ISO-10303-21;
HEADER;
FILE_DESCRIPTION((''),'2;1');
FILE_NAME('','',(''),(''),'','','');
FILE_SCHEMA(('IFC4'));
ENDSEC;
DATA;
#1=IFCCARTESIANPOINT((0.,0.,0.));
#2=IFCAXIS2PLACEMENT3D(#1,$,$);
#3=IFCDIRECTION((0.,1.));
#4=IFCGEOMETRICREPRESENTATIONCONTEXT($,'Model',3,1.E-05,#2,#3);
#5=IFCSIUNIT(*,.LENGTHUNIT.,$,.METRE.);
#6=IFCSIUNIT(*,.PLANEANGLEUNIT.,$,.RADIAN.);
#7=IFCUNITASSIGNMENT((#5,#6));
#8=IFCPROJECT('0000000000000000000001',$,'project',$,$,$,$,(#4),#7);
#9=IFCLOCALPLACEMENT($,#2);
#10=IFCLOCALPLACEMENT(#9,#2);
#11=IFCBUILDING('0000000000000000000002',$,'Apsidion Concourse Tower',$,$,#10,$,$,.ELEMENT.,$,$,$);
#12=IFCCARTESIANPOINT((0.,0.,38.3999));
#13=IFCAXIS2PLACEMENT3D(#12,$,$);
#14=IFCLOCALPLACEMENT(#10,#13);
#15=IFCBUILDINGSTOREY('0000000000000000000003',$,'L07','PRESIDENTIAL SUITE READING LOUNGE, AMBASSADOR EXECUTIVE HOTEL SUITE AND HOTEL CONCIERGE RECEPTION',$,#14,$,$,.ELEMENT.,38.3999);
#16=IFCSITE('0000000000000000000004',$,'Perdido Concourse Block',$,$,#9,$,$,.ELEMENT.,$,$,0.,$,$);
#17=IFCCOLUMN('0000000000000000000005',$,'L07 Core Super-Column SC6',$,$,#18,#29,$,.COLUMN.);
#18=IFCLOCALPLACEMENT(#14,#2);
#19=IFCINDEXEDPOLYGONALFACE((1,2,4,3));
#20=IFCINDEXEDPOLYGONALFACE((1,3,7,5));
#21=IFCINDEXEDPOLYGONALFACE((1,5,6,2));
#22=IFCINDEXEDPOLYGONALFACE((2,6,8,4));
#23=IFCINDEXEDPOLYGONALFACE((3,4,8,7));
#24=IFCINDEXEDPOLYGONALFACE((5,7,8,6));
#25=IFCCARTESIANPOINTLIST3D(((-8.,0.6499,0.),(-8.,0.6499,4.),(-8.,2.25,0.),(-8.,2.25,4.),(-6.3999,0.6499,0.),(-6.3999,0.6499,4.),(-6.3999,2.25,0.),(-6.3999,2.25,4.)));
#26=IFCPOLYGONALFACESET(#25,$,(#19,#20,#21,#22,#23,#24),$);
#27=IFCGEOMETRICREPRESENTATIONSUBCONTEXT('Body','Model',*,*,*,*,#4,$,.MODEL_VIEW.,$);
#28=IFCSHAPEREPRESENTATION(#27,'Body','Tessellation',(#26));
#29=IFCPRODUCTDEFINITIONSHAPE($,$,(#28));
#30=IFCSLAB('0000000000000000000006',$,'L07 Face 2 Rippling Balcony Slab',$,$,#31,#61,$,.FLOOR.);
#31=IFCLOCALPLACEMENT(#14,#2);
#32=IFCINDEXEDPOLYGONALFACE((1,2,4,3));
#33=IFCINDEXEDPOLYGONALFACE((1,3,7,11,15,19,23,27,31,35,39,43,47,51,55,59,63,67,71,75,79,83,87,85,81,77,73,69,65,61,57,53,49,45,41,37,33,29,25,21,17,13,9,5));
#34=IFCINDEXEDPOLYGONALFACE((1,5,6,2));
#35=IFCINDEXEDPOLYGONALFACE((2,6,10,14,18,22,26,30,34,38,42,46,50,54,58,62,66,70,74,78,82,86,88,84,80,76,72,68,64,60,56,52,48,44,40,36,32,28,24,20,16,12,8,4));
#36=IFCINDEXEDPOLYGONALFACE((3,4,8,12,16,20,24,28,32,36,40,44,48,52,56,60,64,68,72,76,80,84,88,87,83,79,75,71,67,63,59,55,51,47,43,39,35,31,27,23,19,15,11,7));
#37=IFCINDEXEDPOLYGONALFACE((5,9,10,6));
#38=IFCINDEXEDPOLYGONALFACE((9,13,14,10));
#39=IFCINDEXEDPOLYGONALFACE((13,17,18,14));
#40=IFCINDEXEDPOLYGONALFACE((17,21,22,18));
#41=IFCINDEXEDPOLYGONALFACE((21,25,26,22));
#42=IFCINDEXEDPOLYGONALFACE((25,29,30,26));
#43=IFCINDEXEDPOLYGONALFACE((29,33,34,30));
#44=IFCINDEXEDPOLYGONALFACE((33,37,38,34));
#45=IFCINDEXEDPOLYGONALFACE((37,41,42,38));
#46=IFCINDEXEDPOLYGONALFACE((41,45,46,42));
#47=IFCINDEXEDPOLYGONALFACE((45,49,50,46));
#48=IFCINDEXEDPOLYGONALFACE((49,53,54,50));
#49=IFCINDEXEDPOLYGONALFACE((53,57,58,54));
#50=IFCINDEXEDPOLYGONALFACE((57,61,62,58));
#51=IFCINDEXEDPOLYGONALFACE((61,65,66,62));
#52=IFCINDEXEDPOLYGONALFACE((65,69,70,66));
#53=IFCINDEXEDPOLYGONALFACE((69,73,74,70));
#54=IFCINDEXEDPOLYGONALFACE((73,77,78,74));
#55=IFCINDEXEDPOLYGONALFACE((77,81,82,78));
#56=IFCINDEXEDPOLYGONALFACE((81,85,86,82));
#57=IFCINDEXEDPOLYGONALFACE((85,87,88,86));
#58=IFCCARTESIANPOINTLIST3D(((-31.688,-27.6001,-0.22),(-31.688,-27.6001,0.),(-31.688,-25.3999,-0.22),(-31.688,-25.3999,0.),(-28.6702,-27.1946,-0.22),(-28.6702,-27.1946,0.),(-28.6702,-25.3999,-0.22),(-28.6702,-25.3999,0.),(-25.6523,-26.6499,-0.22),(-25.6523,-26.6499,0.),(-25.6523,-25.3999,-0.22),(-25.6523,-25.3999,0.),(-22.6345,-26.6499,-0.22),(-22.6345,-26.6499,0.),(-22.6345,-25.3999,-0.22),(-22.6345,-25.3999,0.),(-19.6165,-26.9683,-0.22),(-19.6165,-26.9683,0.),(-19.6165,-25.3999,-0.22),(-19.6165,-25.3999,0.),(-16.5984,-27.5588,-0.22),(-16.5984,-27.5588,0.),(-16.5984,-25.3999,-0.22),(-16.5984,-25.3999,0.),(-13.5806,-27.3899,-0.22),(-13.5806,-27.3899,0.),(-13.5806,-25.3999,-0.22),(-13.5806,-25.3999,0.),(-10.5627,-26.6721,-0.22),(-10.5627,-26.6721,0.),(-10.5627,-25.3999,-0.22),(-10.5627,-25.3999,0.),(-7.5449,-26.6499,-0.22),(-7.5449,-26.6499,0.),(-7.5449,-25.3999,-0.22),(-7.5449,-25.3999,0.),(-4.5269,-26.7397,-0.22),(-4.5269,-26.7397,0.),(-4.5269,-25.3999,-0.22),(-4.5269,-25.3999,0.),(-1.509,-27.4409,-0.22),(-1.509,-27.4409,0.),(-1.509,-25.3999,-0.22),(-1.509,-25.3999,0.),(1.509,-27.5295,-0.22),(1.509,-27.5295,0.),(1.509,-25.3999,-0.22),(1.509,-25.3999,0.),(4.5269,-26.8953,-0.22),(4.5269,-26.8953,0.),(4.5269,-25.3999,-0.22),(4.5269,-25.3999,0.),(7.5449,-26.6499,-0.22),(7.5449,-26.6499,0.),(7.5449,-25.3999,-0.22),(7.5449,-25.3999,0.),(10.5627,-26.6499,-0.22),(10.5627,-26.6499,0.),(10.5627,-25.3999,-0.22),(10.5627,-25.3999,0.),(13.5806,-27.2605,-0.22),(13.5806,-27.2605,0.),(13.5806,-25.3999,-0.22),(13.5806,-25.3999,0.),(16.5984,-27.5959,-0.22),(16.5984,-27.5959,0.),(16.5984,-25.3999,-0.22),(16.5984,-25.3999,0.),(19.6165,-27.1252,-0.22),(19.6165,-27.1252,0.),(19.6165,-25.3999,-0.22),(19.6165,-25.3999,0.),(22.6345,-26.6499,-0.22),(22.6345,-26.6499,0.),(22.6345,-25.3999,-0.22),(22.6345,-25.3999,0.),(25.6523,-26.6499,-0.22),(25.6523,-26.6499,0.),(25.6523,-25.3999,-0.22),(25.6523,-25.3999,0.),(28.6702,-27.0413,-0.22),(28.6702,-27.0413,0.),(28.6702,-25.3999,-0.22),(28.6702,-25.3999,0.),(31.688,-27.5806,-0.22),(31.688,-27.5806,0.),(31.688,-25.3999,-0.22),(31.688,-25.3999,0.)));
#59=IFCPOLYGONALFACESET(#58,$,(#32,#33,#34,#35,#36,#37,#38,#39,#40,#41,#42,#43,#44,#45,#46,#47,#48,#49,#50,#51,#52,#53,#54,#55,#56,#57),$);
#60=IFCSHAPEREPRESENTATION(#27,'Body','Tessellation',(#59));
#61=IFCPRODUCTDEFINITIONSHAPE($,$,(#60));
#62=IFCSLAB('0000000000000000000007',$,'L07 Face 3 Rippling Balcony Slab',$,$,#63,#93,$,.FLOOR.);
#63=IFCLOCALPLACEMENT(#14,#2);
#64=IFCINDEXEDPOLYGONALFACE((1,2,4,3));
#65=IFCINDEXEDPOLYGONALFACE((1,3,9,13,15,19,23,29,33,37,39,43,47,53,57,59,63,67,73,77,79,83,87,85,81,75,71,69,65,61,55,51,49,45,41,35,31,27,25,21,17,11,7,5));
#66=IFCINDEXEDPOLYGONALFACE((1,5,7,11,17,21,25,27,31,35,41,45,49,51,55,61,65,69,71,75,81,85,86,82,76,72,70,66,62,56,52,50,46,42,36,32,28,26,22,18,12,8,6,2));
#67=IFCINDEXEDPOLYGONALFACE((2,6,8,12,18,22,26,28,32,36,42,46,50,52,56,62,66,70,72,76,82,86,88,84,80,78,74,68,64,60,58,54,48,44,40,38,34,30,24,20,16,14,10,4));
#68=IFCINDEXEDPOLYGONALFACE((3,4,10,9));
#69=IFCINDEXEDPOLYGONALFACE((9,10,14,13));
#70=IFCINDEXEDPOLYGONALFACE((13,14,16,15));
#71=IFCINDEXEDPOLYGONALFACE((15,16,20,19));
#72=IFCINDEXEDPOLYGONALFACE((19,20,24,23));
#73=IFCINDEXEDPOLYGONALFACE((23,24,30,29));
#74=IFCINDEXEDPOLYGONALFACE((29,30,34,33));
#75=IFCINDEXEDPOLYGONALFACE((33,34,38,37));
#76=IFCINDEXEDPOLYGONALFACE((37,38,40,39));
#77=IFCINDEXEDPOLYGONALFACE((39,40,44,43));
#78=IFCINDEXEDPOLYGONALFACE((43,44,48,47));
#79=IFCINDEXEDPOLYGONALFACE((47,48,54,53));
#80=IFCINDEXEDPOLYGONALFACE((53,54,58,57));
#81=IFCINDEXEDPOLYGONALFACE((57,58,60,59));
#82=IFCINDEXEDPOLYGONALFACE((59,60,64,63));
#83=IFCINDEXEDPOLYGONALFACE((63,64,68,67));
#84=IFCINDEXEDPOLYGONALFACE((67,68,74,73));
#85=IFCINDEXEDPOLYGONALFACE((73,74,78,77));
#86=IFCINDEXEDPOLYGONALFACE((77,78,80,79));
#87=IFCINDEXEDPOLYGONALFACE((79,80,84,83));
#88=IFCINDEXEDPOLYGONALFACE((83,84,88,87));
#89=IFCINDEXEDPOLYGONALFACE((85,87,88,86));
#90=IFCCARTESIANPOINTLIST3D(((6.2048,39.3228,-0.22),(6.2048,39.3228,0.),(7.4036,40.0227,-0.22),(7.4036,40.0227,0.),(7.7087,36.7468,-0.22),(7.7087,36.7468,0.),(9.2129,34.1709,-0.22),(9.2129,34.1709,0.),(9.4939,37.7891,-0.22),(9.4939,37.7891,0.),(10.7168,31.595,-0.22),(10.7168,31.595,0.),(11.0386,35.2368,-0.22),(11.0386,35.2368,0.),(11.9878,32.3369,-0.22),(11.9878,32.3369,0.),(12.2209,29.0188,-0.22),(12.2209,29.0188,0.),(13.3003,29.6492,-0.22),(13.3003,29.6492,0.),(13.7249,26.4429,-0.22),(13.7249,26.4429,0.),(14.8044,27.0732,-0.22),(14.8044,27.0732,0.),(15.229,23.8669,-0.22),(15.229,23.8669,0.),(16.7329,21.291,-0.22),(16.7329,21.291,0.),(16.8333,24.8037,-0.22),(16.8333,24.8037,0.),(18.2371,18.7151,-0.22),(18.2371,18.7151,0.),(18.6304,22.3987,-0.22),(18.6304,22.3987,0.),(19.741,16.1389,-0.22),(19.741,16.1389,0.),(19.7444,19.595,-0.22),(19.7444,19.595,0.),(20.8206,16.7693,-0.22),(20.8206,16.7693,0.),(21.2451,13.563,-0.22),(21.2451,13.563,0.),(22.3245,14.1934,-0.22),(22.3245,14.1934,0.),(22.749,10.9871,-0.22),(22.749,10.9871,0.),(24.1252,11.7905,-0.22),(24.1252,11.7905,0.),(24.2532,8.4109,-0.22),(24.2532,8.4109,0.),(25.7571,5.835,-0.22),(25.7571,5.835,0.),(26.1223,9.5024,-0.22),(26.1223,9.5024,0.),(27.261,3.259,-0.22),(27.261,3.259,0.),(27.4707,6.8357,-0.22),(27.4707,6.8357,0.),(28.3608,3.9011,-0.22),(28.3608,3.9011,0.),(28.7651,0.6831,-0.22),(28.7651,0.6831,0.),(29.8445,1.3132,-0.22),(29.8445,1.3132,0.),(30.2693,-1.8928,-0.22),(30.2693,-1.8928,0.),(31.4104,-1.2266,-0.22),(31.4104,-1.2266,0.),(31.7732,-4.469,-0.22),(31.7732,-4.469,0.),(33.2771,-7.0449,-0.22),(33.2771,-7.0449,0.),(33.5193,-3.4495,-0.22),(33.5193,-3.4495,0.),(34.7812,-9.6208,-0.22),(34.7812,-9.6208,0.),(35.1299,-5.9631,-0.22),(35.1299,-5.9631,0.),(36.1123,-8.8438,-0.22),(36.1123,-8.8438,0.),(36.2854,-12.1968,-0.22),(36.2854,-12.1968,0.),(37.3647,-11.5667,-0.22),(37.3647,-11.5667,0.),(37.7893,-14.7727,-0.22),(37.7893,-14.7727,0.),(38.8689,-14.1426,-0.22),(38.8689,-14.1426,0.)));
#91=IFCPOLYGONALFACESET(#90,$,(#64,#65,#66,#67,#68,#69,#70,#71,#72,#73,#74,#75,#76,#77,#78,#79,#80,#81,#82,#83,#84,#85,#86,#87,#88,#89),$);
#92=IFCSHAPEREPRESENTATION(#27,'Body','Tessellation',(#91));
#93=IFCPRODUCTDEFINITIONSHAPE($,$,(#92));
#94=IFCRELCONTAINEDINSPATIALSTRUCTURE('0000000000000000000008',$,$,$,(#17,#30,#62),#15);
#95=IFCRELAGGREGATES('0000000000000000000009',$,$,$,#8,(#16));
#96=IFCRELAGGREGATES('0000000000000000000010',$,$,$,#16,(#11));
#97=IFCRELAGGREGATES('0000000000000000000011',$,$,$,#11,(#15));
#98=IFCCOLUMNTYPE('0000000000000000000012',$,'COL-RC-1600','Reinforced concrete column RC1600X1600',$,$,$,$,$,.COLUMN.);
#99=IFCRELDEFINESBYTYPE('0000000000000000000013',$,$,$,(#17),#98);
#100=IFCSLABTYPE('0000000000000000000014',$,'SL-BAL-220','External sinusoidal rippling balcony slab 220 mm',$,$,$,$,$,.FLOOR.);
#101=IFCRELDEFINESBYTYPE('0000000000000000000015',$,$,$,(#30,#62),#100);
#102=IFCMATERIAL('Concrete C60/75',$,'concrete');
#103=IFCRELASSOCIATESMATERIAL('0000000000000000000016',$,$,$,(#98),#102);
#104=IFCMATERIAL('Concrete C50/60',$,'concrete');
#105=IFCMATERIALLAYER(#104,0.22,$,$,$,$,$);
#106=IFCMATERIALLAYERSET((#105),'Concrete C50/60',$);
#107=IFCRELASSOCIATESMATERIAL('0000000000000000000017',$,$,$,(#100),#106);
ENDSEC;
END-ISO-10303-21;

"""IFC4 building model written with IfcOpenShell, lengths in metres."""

from ifc_helpers import new_model, si_unit, direction, frame, origin, origin_2d, place, context, subcontext, project, spatial, polyline, rectangle, outline, extrude, material, layer, layer_set, material_profile, profile_set, type_object, element, save


model = new_model("IFC4")

# Units and contexts
model_context = context("Model", 3, precision=1e-05, world=origin(), true_north=direction((0.0, 1.0)))
body_context = subcontext(model_context, "Body", "Model", "MODEL_VIEW")
ifc_project = project(units=[si_unit("LENGTHUNIT", "METRE"), si_unit("PLANEANGLEUNIT", "RADIAN")], contexts=[model_context])

# Site, building, storey
site_placement = place(None, origin())
site = spatial("IfcSite", under=ifc_project, at=site_placement, Name="Perdido Concourse Block", CompositionType="ELEMENT", RefElevation=0.0)
building_placement = place(site_placement, origin())
building = spatial("IfcBuilding", under=site, at=building_placement, Name="Apsidion Concourse Tower", CompositionType="ELEMENT")
storey_placement = place(building_placement, frame((0.0, 0.0, 38.3999)))
storey = spatial("IfcBuildingStorey", under=building, at=storey_placement, Name="L07", Description="PRESIDENTIAL SUITE READING LOUNGE, AMBASSADOR EXECUTIVE HOTEL SUITE AND HOTEL CONCIERGE RECEPTION", CompositionType="ELEMENT", Elevation=38.3999)

# Column
ifc_material_1 = material(Name="Concrete C60/75", Category="concrete")
ifc_material_profile = material_profile(ifc_material_1, rectangle(XDim=1.6001, YDim=1.6001, at=origin_2d()), Name="RC 1600x1600")
ifc_profile_set = profile_set([ifc_material_profile], Name="Concrete C60/75")
column_type = type_object("IfcColumnType", Name="COL-RC-1600", Description="Reinforced concrete column RC1600X1600", PredefinedType="COLUMN", material=ifc_profile_set)
column_placement = place(storey_placement, frame((-7.2, 1.45, 0.0), z_axis=(0.0, 0.0, 1.0), x_axis=(1.0, 0.0, 0.0)))
element("IfcColumn", 1, at=column_placement, inside=storey, type_object=column_type, Name="L07 Core Super-Column SC6", PredefinedType="COLUMN", context=body_context, shape_type="SweptSolid", body=[
    extrude(rectangle(XDim=1.6001, YDim=1.6001, at=origin_2d()), origin(), (0.0, 0.0, 1.0), 4.0),
])

# Slabs
ifc_material_2 = material(Name="Concrete C50/60", Category="concrete")
ifc_layer_1 = layer(ifc_material_2, 0.22)
ifc_layer_set_1 = layer_set([ifc_layer_1], Name="Concrete C50/60")
slab_type_1 = type_object("IfcSlabType", Name="SL-BAL-220", Description="External sinusoidal rippling balcony slab 220 mm", PredefinedType="FLOOR", material=ifc_layer_set_1)
slab_1_placement = place(storey_placement, frame((0.0, 0.0, -0.22)))
element("IfcSlab", 2, at=slab_1_placement, inside=storey, type_object=slab_type_1, Name="L07 Face 2 Rippling Balcony Slab", PredefinedType="FLOOR", context=body_context, shape_type="SweptSolid", body=[
    extrude(outline(polyline([(-31.688, -25.3999), (-28.6702, -25.3999), (-25.6523, -25.3999), (-22.6345, -25.3999), (-19.6165, -25.3999), (-16.5984, -25.3999), (-13.5806, -25.3999), (-10.5627, -25.3999), (-7.5449, -25.3999), (-4.5269, -25.3999), (-1.509, -25.3999), (1.509, -25.3999), (4.5269, -25.3999), (7.5449, -25.3999), (10.5627, -25.3999), (13.5806, -25.3999), (16.5984, -25.3999), (19.6165, -25.3999), (22.6345, -25.3999), (25.6523, -25.3999), (28.6702, -25.3999), (31.688, -25.3999), (31.688, -27.5806), (28.6702, -27.0413), (25.6523, -26.6499), (22.6345, -26.6499), (19.6165, -27.1252), (16.5984, -27.5959), (13.5806, -27.2605), (10.5627, -26.6499), (7.5449, -26.6499), (4.5269, -26.8953), (1.509, -27.5295), (-1.509, -27.4409), (-4.5269, -26.7397), (-7.5449, -26.6499), (-10.5627, -26.6721), (-13.5806, -27.3899), (-16.5984, -27.5588), (-19.6165, -26.9683), (-22.6345, -26.6499), (-25.6523, -26.6499), (-28.6702, -27.1946), (-31.688, -27.6001), (-31.688, -25.3999)])), origin(), (0.0, 0.0, 1.0), 0.22),
])
slab_2_placement = place(storey_placement, frame((0.0, 0.0, -0.22)))
element("IfcSlab", 3, at=slab_2_placement, inside=storey, type_object=slab_type_1, Name="L07 Face 3 Rippling Balcony Slab", PredefinedType="FLOOR", context=body_context, shape_type="SweptSolid", body=[
    extrude(outline(polyline([(37.7893, -14.7727), (36.2854, -12.1968), (34.7812, -9.6208), (33.2771, -7.0449), (31.7732, -4.469), (30.2693, -1.8928), (28.7651, 0.6831), (27.261, 3.259), (25.7571, 5.835), (24.2532, 8.4109), (22.749, 10.9871), (21.2451, 13.563), (19.741, 16.1389), (18.2371, 18.7151), (16.7329, 21.291), (15.229, 23.8669), (13.7249, 26.4429), (12.2209, 29.0188), (10.7168, 31.595), (9.2129, 34.1709), (7.7087, 36.7468), (6.2048, 39.3228), (7.4036, 40.0227), (9.4939, 37.7891), (11.0386, 35.2368), (11.9878, 32.3369), (13.3003, 29.6492), (14.8044, 27.0732), (16.8333, 24.8037), (18.6304, 22.3987), (19.7444, 19.595), (20.8206, 16.7693), (22.3245, 14.1934), (24.1252, 11.7905), (26.1223, 9.5024), (27.4707, 6.8357), (28.3608, 3.9011), (29.8445, 1.3132), (31.4104, -1.2266), (33.5193, -3.4495), (35.1299, -5.9631), (36.1123, -8.8438), (37.3647, -11.5667), (38.8689, -14.1426), (37.7893, -14.7727)])), origin(), (0.0, 0.0, 1.0), 0.22),
])

save(model, "model.ifc")
